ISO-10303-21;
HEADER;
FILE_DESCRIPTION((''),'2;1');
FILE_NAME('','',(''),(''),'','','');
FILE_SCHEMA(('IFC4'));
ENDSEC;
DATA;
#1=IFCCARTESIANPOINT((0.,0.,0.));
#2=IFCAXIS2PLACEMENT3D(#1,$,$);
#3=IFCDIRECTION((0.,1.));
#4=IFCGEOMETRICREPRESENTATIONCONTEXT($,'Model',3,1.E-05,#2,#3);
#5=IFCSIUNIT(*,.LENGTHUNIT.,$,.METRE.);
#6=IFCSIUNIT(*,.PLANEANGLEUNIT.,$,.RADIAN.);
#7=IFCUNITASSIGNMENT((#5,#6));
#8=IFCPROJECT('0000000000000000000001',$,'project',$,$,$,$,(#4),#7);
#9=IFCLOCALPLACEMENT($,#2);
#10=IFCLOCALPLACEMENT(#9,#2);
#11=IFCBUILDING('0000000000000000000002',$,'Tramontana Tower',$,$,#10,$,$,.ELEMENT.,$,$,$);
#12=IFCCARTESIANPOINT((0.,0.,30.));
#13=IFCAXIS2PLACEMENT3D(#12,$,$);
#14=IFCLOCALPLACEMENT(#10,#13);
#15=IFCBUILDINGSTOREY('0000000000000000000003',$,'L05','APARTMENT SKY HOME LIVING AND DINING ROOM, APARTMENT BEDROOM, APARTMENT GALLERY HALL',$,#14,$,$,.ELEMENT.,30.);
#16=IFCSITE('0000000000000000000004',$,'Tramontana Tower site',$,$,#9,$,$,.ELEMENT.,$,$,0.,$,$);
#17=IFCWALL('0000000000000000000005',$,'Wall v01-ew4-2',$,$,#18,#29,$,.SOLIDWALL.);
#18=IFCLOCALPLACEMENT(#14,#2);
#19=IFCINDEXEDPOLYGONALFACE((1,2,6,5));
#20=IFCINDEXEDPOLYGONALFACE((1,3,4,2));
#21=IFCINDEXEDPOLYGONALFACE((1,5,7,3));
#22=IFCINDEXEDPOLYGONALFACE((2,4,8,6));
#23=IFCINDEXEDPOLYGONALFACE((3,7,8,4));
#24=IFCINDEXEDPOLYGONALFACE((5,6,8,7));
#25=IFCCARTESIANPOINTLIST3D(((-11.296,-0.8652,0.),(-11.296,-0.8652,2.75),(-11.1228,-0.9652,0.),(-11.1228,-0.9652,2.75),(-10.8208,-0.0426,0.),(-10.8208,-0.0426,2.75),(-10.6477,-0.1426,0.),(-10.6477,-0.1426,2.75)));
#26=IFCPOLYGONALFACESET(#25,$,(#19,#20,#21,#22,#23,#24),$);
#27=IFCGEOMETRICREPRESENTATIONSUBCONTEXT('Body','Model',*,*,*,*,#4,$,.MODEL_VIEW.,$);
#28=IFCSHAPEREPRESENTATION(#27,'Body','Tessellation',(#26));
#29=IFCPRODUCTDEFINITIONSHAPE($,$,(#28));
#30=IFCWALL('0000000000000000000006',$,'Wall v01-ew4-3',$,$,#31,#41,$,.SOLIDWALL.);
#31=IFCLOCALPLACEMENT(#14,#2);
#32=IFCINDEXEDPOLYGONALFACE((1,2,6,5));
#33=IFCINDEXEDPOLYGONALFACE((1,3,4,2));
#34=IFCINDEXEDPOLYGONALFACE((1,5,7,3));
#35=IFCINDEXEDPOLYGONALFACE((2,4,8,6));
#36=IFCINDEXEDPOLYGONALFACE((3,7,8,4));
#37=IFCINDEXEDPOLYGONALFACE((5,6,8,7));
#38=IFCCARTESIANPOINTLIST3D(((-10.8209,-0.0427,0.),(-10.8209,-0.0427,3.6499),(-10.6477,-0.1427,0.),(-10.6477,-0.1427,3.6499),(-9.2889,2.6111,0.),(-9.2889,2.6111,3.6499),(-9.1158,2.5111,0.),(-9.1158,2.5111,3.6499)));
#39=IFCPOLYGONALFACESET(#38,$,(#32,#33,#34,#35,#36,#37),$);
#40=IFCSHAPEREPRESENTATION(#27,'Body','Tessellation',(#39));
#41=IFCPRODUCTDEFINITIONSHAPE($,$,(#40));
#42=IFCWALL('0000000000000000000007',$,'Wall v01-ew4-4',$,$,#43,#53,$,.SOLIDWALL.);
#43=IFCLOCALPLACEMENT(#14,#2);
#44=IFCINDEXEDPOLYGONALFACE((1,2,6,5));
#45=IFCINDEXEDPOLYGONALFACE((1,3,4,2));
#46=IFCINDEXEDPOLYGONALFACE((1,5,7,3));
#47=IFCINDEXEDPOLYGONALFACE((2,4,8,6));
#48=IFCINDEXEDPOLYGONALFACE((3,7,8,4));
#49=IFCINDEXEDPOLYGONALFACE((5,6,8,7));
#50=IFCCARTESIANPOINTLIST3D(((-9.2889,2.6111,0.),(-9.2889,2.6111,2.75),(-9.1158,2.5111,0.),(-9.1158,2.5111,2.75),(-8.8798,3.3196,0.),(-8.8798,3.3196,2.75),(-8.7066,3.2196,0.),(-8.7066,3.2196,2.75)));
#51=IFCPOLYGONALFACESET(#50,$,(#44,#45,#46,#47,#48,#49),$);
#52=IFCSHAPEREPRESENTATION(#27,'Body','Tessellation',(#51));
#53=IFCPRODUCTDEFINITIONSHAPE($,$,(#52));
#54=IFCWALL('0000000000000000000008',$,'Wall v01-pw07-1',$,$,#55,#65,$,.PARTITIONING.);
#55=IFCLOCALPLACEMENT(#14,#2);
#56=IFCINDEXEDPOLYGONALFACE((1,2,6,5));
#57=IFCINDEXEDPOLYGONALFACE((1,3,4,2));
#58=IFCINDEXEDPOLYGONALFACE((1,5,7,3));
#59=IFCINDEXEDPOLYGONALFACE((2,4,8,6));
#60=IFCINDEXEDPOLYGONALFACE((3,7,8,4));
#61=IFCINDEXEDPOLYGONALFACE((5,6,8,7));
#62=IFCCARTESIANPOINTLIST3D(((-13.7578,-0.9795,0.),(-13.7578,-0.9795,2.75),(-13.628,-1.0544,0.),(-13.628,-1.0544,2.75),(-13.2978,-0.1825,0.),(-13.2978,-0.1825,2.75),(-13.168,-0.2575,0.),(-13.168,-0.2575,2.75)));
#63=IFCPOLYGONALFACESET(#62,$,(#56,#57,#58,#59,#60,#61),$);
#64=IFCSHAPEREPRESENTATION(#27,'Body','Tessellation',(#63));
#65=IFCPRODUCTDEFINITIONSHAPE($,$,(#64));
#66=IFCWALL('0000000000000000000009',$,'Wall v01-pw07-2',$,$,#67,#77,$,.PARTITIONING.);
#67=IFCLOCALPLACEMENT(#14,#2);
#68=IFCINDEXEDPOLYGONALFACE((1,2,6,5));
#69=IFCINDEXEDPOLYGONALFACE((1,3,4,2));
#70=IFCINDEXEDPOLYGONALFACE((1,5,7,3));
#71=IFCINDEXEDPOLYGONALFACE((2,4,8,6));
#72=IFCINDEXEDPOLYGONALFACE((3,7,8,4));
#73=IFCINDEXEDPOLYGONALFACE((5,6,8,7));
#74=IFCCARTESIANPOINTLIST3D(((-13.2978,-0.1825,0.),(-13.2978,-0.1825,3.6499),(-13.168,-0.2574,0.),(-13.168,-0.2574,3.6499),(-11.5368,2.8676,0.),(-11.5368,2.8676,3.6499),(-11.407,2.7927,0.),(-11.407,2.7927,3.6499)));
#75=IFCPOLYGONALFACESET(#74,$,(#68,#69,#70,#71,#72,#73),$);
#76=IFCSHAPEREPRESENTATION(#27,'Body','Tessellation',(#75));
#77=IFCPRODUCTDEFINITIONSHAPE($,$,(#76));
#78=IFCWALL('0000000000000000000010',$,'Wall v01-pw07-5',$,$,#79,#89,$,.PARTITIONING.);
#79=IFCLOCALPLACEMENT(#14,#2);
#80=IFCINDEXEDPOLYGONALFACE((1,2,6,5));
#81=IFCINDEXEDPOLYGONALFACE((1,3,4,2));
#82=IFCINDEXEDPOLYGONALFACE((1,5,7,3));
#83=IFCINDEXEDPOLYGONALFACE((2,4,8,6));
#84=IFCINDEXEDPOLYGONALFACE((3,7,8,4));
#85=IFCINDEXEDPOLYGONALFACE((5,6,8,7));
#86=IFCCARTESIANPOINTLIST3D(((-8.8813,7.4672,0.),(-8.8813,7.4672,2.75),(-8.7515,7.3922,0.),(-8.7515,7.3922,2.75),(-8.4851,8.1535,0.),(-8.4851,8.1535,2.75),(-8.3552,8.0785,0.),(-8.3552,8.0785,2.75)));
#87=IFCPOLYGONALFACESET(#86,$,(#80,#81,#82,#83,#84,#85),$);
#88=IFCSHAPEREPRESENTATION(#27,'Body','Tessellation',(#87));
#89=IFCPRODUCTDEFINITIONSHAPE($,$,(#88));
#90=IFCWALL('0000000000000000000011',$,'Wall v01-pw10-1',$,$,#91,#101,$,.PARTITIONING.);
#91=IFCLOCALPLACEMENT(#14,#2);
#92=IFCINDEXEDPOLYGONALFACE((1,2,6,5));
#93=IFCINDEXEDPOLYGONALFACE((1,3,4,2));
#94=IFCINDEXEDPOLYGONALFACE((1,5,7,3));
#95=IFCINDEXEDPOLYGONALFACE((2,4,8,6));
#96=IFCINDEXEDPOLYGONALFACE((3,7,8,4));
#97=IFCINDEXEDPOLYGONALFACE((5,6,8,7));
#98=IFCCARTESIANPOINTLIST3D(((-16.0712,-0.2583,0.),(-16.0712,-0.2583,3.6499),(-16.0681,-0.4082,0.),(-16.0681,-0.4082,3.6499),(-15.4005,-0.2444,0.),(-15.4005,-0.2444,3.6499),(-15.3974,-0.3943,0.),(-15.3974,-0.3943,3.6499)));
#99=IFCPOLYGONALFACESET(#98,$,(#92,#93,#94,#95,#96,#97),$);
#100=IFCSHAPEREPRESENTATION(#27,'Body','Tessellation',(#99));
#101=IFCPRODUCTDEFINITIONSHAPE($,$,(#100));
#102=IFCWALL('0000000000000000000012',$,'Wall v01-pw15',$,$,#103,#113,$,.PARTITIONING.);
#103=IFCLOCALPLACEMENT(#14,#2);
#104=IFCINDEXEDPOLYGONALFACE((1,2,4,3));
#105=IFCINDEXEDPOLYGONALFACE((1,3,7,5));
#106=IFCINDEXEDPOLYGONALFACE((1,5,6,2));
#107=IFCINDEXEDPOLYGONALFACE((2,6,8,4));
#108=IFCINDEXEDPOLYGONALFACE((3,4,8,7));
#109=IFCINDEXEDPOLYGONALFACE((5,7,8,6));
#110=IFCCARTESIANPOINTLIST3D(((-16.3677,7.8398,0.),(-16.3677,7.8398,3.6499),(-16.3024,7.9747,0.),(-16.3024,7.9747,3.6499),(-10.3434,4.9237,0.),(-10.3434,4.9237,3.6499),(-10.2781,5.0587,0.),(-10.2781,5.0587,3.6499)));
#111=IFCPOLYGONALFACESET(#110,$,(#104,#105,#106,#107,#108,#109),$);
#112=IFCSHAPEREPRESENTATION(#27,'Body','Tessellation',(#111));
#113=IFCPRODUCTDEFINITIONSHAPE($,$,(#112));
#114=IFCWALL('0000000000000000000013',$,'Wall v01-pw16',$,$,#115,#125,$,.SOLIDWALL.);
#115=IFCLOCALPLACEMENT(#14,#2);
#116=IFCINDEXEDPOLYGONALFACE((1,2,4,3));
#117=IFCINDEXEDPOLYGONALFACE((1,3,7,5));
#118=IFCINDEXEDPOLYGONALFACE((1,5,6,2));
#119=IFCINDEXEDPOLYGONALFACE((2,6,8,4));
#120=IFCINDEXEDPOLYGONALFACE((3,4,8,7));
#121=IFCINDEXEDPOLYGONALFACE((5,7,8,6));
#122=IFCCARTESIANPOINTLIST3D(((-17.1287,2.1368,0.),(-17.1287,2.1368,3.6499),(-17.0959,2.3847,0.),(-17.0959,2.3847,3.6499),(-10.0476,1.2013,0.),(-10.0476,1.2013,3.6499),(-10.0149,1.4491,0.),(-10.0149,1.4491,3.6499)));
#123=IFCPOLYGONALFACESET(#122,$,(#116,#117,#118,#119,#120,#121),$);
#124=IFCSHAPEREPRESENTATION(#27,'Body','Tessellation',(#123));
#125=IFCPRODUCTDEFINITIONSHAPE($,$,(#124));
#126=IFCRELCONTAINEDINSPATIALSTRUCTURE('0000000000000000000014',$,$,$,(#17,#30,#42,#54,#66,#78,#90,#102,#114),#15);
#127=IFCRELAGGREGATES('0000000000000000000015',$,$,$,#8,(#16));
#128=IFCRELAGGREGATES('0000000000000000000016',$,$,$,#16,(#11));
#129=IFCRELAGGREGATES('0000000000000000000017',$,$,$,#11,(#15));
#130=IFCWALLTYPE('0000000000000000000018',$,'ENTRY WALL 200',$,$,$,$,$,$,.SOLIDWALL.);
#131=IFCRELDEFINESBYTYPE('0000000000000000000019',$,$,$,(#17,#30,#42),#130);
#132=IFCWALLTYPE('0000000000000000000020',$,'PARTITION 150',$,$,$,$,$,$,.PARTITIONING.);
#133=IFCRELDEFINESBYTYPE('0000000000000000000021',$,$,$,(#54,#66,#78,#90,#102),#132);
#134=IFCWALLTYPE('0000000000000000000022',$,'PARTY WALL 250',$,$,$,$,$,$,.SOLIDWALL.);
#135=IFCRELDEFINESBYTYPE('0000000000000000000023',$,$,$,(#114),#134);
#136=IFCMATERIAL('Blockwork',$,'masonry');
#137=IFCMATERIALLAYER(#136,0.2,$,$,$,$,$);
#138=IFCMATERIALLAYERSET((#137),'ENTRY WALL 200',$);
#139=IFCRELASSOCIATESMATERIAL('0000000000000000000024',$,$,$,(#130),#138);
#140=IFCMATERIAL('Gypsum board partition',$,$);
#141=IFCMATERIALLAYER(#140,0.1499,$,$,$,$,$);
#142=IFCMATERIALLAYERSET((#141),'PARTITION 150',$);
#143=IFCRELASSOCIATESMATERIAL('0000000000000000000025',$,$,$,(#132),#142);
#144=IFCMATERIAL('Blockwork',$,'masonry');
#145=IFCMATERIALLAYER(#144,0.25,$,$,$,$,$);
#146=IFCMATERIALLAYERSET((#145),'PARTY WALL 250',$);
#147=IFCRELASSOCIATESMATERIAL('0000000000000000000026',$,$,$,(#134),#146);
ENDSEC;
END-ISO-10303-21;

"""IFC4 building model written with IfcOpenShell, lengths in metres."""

from ifc_helpers import new_model, si_unit, direction, frame, frame_2d, origin, place, context, subcontext, project, spatial, rectangle, extrude, material, layer, layer_set, type_object, element, save


model = new_model("IFC4")

# Units and contexts
model_context = context("Model", 3, precision=1e-05, world=origin(), true_north=direction((0.0, 1.0)))
body_context = subcontext(model_context, "Body", "Model", "MODEL_VIEW")
ifc_project = project(units=[si_unit("LENGTHUNIT", "METRE"), si_unit("PLANEANGLEUNIT", "RADIAN")], contexts=[model_context])

# Site, building, storey
site_placement = place(None, origin())
site = spatial("IfcSite", under=ifc_project, at=site_placement, Name="Tramontana Tower site", CompositionType="ELEMENT", RefElevation=0.0)
building_placement = place(site_placement, origin())
building = spatial("IfcBuilding", under=site, at=building_placement, Name="Tramontana Tower", CompositionType="ELEMENT")
storey_placement = place(building_placement, frame((0.0, 0.0, 30.0)))
storey = spatial("IfcBuildingStorey", under=building, at=storey_placement, Name="L05", Description="APARTMENT SKY HOME LIVING AND DINING ROOM, APARTMENT BEDROOM, APARTMENT GALLERY HALL", CompositionType="ELEMENT", Elevation=30.0)

# Walls
ifc_material_1 = material(Name="Blockwork", Category="masonry")
ifc_layer_1 = layer(ifc_material_1, 0.2)
ifc_layer_set_1 = layer_set([ifc_layer_1], Name="ENTRY WALL 200")
wall_type_1 = type_object("IfcWallType", Name="ENTRY WALL 200", PredefinedType="SOLIDWALL", material=ifc_layer_set_1)
wall_1_placement = place(storey_placement, frame((-11.2095, -0.9153, 0.0), z_axis=(0.0, 0.0, 1.0), x_axis=(0.500175, 0.865924, 0.0)))
element("IfcWall", 1, at=wall_1_placement, inside=storey, type_object=wall_type_1, Name="Wall v01-ew4-2", PredefinedType="SOLIDWALL", context=body_context, shape_type="SweptSolid", body=[
    extrude(rectangle(XDim=0.95, YDim=0.2, at=frame_2d((0.4751, 0.0))), origin(), (0.0, 0.0, 1.0), 2.75),
])
wall_2_placement = place(storey_placement, frame((-10.7344, -0.0928, 0.0), z_axis=(0.0, 0.0, 1.0), x_axis=(0.499952, 0.866053, 0.0)))
element("IfcWall", 2, at=wall_2_placement, inside=storey, type_object=wall_type_1, Name="Wall v01-ew4-3", PredefinedType="SOLIDWALL", context=body_context, shape_type="SweptSolid", body=[
    extrude(rectangle(XDim=3.0642, YDim=0.2, at=frame_2d((1.5322, 0.0))), origin(), (0.0, 0.0, 1.0), 3.6499),
])
wall_3_placement = place(storey_placement, frame((-9.2024, 2.561, 0.0), z_axis=(0.0, 0.0, 1.0), x_axis=(0.500119, 0.865957, 0.0)))
element("IfcWall", 3, at=wall_3_placement, inside=storey, type_object=wall_type_1, Name="Wall v01-ew4-4", PredefinedType="SOLIDWALL", context=body_context, shape_type="SweptSolid", body=[
    extrude(rectangle(XDim=0.8181, YDim=0.2, at=frame_2d((0.4092, 0.0))), origin(), (0.0, 0.0, 1.0), 2.75),
])
ifc_material_2 = material(Name="Gypsum board partition")
ifc_layer_2 = layer(ifc_material_2, 0.1499)
ifc_layer_set_2 = layer_set([ifc_layer_2], Name="PARTITION 150")
wall_type_2 = type_object("IfcWallType", Name="PARTITION 150", PredefinedType="PARTITIONING", material=ifc_layer_set_2)
wall_4_placement = place(storey_placement, frame((-13.6929, -1.0168, 0.0), z_axis=(0.0, 0.0, 1.0), x_axis=(0.499906, 0.86608, 0.0)))
element("IfcWall", 4, at=wall_4_placement, inside=storey, type_object=wall_type_2, Name="Wall v01-pw07-1", PredefinedType="PARTITIONING", context=body_context, shape_type="SweptSolid", body=[
    extrude(rectangle(XDim=0.9202, YDim=0.1499, at=frame_2d((0.46, 0.0))), origin(), (0.0, 0.0, 1.0), 2.75),
])
wall_5_placement = place(storey_placement, frame((-13.2329, -0.22, 0.0), z_axis=(0.0, 0.0, 1.0), x_axis=(0.500008, 0.866021, 0.0)))
element("IfcWall", 5, at=wall_5_placement, inside=storey, type_object=wall_type_2, Name="Wall v01-pw07-2", PredefinedType="PARTITIONING", context=body_context, shape_type="SweptSolid", body=[
    extrude(rectangle(XDim=3.522, YDim=0.1499, at=frame_2d((1.761, 0.0))), origin(), (0.0, 0.0, 1.0), 3.6499),
])

# Wall
wall_6_placement = place(storey_placement, frame((-8.8164, 7.4297, 0.0), z_axis=(0.0, 0.0, 1.0), x_axis=(0.500016, 0.866016, 0.0)))
element("IfcWall", 6, at=wall_6_placement, inside=storey, type_object=wall_type_2, Name="Wall v01-pw07-5", PredefinedType="PARTITIONING", context=body_context, shape_type="SweptSolid", body=[
    extrude(rectangle(XDim=0.7925, YDim=0.1499, at=frame_2d((0.3962, 0.0))), origin(), (0.0, 0.0, 1.0), 2.75),
])

# Walls
wall_7_placement = place(storey_placement, frame((-15.3989, -0.3193, 0.0), z_axis=(0.0, 0.0, 1.0), x_axis=(-0.999785, -0.020745, 0.0)))
element("IfcWall", 7, at=wall_7_placement, inside=storey, type_object=wall_type_2, Name="Wall v01-pw10-1", PredefinedType="PARTITIONING", context=body_context, shape_type="SweptSolid", body=[
    extrude(rectangle(XDim=0.6709, YDim=0.1499, at=frame_2d((0.3354, 0.0))), origin(), (0.0, 0.0, 1.0), 3.6499),
])
wall_8_placement = place(storey_placement, frame((-10.3108, 4.9912, 0.0), z_axis=(0.0, 0.0, 1.0), x_axis=(-0.900095, 0.435693, 0.0)))
element("IfcWall", 8, at=wall_8_placement, inside=storey, type_object=wall_type_2, Name="Wall v01-pw15", PredefinedType="PARTITIONING", context=body_context, shape_type="SweptSolid", body=[
    extrude(rectangle(XDim=6.6929, YDim=0.1499, at=frame_2d((3.3464, 0.0))), origin(), (0.0, 0.0, 1.0), 3.6499),
])
ifc_material_3 = material(Name="Blockwork", Category="masonry")
ifc_layer_3 = layer(ifc_material_3, 0.25)
ifc_layer_set_3 = layer_set([ifc_layer_3], Name="PARTY WALL 250")
wall_type_3 = type_object("IfcWallType", Name="PARTY WALL 250", PredefinedType="SOLIDWALL", material=ifc_layer_set_3)
wall_9_placement = place(storey_placement, frame((-10.0312, 1.3252, 0.0), z_axis=(0.0, 0.0, 1.0), x_axis=(-0.991385, 0.130981, 0.0)))
element("IfcWall", 9, at=wall_9_placement, inside=storey, type_object=wall_type_3, Name="Wall v01-pw16", PredefinedType="SOLIDWALL", context=body_context, shape_type="SweptSolid", body=[
    extrude(rectangle(XDim=7.1426, YDim=0.25, at=frame_2d((3.5713, 0.0))), origin(), (0.0, 0.0, 1.0), 3.6499),
])

save(model, "model.ifc")
